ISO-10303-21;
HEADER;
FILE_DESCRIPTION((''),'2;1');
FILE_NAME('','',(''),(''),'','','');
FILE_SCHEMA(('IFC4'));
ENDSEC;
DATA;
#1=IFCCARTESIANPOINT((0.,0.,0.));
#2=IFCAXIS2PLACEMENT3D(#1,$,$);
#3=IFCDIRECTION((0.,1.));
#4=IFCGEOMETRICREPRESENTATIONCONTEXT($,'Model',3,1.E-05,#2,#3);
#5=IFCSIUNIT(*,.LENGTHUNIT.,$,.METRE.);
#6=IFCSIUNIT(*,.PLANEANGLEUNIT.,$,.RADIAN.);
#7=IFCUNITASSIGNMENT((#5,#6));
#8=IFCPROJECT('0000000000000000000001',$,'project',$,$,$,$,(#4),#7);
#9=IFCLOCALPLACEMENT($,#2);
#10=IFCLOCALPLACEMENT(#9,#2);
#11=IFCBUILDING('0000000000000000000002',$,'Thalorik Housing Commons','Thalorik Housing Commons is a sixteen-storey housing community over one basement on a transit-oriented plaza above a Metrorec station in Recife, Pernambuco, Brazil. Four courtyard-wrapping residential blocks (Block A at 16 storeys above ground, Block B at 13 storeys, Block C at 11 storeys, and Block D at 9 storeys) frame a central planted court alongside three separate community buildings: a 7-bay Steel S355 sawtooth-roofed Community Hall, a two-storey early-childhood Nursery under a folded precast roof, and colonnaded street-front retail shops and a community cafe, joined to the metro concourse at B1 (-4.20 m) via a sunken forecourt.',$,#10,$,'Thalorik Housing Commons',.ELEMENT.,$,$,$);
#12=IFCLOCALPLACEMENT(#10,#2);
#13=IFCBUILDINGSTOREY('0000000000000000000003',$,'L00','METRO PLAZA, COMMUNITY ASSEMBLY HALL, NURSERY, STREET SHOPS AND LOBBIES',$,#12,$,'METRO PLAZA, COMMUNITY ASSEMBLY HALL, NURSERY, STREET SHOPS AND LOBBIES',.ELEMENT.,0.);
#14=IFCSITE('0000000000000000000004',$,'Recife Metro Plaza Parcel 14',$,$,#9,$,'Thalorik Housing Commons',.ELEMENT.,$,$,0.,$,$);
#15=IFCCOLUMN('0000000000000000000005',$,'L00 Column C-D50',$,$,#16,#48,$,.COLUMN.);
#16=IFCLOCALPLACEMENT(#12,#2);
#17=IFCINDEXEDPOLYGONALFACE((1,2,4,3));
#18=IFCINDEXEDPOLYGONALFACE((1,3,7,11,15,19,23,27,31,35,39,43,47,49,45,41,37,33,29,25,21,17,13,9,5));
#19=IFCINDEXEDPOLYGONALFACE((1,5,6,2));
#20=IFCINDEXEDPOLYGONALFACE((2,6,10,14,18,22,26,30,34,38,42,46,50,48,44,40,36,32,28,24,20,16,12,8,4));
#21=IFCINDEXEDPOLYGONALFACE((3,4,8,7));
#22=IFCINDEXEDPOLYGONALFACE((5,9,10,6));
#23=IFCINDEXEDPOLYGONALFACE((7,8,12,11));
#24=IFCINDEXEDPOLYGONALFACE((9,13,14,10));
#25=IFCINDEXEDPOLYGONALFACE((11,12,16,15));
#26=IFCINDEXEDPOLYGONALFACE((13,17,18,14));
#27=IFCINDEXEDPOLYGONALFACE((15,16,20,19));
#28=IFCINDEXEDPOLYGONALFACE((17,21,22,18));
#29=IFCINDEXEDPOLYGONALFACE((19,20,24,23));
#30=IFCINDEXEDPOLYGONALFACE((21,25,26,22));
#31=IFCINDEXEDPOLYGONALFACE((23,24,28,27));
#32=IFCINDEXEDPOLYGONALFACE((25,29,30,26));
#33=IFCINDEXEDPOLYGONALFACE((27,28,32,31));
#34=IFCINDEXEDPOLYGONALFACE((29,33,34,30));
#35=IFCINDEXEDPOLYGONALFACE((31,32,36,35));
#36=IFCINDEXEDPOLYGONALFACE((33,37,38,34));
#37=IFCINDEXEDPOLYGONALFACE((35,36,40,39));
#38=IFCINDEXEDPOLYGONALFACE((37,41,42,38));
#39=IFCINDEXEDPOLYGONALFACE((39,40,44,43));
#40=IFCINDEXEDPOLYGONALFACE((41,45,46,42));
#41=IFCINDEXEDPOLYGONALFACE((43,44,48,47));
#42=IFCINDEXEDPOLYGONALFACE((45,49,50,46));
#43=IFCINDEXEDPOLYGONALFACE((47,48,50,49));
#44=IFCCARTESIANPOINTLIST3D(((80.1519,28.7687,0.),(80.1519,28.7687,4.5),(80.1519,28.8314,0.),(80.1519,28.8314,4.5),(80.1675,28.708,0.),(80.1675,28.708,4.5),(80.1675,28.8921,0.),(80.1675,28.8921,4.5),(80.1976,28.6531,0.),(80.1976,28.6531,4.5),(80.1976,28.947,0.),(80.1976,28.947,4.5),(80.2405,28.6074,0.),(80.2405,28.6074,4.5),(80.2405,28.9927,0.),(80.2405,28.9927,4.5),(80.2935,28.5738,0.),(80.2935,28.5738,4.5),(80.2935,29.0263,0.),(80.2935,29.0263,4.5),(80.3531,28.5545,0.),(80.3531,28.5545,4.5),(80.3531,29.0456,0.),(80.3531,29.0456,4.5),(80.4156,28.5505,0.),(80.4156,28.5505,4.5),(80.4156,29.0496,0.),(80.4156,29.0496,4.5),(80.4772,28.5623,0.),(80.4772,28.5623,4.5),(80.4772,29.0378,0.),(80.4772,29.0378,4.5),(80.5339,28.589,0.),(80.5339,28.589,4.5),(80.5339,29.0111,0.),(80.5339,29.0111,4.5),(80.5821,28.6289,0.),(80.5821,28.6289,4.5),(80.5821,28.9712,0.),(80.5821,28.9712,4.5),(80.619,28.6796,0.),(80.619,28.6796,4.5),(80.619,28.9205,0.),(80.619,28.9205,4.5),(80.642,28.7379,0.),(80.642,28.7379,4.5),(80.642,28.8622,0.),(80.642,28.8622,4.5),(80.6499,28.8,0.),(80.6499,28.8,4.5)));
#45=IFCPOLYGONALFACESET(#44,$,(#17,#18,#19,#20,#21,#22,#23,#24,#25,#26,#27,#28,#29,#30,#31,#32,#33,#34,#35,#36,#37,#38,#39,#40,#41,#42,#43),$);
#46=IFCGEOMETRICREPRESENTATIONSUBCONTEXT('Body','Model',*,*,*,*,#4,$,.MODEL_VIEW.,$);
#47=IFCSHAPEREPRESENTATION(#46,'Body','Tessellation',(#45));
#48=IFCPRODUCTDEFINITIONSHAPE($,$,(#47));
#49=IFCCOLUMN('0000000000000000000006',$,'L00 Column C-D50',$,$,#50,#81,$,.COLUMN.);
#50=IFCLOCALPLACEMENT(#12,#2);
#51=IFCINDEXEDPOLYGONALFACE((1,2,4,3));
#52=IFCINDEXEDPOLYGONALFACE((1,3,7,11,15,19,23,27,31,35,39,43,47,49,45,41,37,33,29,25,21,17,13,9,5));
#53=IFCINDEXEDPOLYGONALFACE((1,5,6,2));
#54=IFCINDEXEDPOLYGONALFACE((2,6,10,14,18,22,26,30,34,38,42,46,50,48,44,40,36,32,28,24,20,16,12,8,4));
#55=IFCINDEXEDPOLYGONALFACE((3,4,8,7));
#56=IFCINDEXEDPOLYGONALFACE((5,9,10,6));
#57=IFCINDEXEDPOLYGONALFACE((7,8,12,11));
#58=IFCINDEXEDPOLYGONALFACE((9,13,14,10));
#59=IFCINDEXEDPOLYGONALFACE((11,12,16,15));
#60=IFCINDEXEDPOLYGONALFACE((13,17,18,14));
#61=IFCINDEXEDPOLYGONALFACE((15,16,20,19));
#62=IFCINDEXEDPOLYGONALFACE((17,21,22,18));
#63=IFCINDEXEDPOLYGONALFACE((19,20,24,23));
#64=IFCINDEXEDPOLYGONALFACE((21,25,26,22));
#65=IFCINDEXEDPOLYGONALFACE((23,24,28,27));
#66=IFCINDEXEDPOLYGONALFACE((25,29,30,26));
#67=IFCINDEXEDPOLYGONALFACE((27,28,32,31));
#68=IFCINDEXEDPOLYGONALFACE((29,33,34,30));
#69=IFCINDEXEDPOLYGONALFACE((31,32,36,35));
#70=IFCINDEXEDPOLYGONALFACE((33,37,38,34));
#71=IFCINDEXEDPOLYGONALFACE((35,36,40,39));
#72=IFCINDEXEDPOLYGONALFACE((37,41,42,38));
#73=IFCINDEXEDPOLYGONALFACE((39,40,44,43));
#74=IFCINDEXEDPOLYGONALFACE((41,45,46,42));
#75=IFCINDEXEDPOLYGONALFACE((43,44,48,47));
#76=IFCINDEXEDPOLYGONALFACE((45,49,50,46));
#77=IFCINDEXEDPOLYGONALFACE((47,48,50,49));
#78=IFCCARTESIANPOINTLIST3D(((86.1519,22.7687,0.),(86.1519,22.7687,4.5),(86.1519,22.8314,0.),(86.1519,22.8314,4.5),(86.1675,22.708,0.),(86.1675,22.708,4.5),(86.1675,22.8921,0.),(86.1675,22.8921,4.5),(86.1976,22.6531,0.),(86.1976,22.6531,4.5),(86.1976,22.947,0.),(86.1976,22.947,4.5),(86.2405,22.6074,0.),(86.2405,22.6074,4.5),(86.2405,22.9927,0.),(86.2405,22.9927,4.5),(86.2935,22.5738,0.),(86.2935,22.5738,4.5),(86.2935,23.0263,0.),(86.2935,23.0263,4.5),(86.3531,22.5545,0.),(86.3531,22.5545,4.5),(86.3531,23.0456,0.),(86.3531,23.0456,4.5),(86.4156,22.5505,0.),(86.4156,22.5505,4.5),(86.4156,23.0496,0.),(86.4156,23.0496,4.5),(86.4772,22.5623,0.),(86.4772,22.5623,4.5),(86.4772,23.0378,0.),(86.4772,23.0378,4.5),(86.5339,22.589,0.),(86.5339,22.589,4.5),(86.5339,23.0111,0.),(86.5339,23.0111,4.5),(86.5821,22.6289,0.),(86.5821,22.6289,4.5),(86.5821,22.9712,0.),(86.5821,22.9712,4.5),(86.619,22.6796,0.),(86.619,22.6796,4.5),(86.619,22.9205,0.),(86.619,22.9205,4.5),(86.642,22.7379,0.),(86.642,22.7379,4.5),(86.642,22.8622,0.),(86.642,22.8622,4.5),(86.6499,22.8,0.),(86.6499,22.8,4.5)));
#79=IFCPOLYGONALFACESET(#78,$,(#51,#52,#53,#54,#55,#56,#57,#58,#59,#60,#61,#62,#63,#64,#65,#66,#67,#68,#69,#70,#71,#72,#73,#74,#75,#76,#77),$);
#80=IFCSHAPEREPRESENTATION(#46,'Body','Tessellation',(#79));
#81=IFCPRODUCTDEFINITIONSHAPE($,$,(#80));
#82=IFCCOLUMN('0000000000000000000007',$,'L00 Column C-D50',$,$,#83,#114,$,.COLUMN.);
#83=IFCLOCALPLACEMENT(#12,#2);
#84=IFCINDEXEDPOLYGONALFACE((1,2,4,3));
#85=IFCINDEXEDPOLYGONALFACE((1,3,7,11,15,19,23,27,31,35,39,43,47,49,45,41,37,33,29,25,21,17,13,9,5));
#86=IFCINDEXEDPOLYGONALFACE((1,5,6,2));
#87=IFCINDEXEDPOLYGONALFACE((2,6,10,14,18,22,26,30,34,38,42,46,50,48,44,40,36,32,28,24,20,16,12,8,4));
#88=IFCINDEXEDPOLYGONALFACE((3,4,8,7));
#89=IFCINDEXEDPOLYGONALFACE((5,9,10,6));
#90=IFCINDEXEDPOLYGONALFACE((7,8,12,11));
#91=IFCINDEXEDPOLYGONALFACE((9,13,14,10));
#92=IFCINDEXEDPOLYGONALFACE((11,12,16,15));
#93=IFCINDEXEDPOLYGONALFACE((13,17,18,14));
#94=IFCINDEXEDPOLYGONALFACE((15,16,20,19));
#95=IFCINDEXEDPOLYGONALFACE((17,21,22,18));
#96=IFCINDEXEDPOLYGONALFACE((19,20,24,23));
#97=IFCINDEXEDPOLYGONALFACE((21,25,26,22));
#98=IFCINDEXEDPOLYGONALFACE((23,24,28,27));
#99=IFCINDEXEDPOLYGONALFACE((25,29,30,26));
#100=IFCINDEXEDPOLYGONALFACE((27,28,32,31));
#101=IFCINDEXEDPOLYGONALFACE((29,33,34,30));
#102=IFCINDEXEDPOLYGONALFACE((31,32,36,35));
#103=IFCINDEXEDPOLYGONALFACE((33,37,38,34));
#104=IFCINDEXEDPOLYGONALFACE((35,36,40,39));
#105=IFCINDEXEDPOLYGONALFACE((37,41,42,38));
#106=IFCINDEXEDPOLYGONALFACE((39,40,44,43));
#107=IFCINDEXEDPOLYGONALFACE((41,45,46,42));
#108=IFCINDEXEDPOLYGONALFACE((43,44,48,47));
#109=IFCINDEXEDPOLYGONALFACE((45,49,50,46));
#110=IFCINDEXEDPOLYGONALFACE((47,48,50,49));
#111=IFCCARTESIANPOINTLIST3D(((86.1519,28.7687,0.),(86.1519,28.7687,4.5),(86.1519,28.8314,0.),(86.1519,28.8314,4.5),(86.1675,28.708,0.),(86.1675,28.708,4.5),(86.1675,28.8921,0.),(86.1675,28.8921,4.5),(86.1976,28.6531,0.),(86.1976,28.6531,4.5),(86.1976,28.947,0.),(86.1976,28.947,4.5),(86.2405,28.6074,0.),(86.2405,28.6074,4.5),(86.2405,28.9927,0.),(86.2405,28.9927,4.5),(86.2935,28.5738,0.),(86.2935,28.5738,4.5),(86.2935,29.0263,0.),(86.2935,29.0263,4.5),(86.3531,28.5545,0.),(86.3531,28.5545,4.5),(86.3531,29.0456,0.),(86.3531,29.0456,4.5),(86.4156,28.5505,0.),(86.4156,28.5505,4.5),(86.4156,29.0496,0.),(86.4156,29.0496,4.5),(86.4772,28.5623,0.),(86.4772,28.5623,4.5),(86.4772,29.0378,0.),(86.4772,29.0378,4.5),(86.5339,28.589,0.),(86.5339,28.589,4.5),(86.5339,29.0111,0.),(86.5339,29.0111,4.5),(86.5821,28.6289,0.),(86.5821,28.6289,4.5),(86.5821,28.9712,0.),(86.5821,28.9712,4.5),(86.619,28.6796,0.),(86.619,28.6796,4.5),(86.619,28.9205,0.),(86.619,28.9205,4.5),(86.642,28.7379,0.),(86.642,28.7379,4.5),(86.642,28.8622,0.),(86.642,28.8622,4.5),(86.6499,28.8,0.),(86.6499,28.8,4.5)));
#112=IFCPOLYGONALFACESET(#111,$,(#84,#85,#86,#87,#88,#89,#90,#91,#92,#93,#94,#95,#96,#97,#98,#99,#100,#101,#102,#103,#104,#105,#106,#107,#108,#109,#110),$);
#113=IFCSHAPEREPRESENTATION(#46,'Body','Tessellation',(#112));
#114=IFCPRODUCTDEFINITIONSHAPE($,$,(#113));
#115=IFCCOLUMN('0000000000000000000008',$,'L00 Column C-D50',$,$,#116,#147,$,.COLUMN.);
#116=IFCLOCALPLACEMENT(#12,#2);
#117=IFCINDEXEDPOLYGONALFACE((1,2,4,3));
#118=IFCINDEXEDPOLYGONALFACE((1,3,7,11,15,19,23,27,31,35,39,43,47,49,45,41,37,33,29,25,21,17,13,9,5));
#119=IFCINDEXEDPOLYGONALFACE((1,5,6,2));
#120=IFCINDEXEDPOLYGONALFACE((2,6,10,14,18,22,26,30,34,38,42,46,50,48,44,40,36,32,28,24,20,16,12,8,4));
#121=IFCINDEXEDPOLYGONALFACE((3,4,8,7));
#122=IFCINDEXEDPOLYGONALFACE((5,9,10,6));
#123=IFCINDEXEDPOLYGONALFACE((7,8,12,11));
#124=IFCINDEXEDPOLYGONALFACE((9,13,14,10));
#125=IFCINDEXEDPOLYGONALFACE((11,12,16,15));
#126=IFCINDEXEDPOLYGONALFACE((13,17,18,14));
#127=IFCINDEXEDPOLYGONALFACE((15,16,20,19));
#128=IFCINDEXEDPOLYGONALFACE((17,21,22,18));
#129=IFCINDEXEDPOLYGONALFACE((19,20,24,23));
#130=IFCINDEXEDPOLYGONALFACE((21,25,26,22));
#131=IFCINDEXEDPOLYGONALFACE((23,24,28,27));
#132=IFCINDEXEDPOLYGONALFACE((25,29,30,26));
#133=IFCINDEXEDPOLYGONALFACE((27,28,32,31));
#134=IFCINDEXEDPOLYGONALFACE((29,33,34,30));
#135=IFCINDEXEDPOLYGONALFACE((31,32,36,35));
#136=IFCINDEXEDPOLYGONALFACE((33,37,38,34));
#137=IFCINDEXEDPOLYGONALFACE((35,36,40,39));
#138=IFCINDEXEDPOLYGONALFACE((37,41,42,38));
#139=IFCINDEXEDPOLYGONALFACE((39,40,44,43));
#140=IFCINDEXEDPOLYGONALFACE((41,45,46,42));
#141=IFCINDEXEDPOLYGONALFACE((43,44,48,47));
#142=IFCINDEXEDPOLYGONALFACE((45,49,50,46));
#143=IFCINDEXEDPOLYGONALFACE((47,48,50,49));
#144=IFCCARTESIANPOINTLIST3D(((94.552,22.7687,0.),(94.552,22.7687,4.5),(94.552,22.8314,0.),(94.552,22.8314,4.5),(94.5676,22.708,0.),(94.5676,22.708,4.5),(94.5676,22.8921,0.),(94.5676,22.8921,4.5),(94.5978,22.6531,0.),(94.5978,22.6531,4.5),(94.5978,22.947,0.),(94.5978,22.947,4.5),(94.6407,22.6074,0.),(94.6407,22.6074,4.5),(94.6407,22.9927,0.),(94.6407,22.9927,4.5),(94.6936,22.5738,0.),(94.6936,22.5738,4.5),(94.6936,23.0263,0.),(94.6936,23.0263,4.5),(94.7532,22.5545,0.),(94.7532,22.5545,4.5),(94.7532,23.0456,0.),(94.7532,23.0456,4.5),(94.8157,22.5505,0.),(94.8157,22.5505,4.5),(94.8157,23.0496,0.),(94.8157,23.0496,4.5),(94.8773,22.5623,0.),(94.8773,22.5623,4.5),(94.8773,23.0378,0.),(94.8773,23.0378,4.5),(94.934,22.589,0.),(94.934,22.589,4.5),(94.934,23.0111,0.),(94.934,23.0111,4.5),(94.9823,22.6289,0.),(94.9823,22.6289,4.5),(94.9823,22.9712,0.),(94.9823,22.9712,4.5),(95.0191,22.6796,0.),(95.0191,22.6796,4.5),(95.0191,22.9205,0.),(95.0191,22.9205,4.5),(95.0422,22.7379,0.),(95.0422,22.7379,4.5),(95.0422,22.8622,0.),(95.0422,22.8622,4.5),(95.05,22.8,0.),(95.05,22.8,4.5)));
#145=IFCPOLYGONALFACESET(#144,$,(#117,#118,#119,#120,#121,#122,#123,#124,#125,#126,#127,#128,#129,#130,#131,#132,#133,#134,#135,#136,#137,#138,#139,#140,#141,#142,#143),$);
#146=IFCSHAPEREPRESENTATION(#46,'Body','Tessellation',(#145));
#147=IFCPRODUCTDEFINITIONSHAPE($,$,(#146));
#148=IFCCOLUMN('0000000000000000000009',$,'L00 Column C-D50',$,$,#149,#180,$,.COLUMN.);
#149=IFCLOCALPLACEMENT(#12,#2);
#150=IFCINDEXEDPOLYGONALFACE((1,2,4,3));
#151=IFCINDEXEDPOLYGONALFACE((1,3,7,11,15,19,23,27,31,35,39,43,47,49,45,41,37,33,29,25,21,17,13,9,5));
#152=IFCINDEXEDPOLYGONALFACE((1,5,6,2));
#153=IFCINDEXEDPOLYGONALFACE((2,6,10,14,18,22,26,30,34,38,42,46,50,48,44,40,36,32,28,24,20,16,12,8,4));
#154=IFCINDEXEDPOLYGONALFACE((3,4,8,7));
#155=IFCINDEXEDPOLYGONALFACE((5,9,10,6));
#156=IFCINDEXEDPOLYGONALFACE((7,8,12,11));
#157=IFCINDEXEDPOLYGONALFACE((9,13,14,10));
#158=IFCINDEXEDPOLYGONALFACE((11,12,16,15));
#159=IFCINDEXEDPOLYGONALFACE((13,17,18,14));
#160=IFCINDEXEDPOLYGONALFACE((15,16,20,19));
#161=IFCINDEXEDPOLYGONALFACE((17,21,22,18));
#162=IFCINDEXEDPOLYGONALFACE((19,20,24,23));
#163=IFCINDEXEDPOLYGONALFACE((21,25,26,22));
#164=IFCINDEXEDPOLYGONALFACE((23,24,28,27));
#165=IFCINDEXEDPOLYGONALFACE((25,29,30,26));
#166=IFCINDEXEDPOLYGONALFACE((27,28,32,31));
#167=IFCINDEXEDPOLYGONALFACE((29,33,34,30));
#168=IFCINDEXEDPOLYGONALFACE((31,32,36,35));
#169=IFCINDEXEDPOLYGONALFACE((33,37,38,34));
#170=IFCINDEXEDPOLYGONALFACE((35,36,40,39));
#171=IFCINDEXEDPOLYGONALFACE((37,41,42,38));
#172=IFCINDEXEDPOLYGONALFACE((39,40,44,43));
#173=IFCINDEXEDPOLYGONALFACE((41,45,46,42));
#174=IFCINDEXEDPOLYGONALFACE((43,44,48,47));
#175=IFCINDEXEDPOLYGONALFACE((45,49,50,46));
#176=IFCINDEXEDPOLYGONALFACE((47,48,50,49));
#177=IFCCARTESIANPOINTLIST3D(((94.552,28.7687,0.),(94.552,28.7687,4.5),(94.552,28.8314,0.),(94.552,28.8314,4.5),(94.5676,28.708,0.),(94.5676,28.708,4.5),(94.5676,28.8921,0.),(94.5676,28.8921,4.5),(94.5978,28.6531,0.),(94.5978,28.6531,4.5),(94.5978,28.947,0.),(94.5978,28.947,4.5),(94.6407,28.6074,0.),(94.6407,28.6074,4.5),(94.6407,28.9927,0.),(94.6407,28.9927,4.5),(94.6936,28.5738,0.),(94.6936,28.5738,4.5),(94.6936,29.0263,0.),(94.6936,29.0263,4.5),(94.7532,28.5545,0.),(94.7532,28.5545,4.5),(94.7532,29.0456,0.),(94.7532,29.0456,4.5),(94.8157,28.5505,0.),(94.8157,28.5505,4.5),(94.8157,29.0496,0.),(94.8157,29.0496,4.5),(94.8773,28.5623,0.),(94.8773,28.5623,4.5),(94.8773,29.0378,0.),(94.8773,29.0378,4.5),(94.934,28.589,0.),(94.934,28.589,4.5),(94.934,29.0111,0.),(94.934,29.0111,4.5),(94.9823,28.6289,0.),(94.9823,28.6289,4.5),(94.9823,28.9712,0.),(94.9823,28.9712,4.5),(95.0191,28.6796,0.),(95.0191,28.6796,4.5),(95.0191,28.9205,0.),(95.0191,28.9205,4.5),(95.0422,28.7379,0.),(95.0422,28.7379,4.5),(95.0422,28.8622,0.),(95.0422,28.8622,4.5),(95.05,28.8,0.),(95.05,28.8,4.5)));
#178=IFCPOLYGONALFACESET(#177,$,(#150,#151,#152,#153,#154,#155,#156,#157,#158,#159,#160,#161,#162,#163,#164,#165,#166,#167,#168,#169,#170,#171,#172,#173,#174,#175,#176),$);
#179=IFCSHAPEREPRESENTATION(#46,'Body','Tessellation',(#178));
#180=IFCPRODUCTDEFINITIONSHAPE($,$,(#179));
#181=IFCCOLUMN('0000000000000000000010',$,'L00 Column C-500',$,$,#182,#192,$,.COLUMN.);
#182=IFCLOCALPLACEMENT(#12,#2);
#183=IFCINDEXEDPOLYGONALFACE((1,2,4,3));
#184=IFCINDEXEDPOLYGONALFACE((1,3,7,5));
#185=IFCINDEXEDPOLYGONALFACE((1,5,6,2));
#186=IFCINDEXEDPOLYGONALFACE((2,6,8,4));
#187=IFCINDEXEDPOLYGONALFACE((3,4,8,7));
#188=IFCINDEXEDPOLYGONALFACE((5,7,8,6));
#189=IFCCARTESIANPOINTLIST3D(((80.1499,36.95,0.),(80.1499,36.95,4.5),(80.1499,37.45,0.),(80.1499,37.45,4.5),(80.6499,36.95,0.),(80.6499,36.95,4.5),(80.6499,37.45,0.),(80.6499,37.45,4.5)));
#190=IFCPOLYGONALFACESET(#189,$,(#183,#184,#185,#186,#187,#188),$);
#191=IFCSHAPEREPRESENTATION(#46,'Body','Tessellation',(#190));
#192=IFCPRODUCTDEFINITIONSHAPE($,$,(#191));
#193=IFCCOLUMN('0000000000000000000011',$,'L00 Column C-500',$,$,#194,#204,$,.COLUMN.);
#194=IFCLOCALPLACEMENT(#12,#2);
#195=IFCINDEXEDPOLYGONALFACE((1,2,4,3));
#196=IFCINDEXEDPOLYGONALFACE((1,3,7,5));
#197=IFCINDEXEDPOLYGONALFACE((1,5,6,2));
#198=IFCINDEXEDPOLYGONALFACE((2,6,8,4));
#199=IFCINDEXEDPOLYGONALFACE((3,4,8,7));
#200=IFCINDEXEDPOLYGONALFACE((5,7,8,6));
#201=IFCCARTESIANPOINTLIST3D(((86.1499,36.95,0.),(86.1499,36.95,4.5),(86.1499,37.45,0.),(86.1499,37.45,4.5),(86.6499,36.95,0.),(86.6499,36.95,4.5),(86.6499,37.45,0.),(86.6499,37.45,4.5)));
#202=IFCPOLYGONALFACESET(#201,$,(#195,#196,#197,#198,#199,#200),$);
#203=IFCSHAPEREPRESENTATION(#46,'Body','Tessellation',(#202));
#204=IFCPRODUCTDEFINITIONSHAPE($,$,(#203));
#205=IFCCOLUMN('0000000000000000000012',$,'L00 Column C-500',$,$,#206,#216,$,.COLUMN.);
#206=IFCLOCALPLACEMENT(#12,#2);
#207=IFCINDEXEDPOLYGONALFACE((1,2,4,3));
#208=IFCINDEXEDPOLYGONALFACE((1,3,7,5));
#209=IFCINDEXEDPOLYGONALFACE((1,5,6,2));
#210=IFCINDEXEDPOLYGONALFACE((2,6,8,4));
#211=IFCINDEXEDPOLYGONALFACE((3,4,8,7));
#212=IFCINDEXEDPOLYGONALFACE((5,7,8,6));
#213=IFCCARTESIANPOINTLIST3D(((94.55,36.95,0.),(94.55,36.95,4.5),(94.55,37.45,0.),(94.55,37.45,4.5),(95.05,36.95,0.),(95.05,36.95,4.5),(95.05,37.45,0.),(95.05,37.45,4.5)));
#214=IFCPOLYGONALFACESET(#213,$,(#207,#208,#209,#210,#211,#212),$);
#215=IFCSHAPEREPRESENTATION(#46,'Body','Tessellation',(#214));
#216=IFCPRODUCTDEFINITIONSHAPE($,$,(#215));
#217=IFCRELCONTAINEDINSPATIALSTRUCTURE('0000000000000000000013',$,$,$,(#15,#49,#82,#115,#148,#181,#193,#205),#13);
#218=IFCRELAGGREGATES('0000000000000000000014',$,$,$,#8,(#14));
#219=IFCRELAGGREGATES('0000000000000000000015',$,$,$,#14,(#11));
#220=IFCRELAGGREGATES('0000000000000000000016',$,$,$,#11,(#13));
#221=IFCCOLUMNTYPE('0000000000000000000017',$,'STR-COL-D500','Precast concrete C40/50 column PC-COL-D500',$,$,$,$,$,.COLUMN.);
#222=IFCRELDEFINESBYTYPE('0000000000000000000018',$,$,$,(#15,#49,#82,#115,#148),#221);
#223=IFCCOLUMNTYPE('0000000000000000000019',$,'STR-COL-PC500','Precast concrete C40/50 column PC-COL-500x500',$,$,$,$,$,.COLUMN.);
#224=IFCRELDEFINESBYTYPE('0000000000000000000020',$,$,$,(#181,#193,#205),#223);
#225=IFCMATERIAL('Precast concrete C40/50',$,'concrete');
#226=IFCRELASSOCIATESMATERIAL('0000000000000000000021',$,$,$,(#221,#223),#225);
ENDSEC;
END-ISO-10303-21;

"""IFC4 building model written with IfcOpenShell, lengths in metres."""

from ifc_helpers import new_model, si_unit, direction, frame, origin, origin_2d, place, context, subcontext, project, spatial, rectangle, circle, extrude, material, material_profile, profile_set, type_object, element, save


model = new_model("IFC4")

# Units and contexts
model_context = context("Model", 3, precision=1e-05, world=origin(), true_north=direction((0.0, 1.0)))
body_context = subcontext(model_context, "Body", "Model", "MODEL_VIEW")
ifc_project = project(units=[si_unit("LENGTHUNIT", "METRE"), si_unit("PLANEANGLEUNIT", "RADIAN")], contexts=[model_context])

# Site, building, storey
site_placement = place(None, origin())
site = spatial("IfcSite", under=ifc_project, at=site_placement, Name="Recife Metro Plaza Parcel 14", LongName="Thalorik Housing Commons", CompositionType="ELEMENT", RefElevation=0.0)
building_placement = place(site_placement, origin())
building = spatial("IfcBuilding", under=site, at=building_placement, Name="Thalorik Housing Commons", Description="Thalorik Housing Commons is a sixteen-storey housing community over one basement on a transit-oriented plaza above a Metrorec station in Recife, Pernambuco, Brazil. Four courtyard-wrapping residential blocks (Block A at 16 storeys above ground, Block B at 13 storeys, Block C at 11 storeys, and Block D at 9 storeys) frame a central planted court alongside three separate community buildings: a 7-bay Steel S355 sawtooth-roofed Community Hall, a two-storey early-childhood Nursery under a folded precast roof, and colonnaded street-front retail shops and a community cafe, joined to the metro concourse at B1 (-4.20 m) via a sunken forecourt.", LongName="Thalorik Housing Commons", CompositionType="ELEMENT")
storey_placement = place(building_placement, origin())
storey = spatial("IfcBuildingStorey", under=building, at=storey_placement, Name="L00", Description="METRO PLAZA, COMMUNITY ASSEMBLY HALL, NURSERY, STREET SHOPS AND LOBBIES", LongName="METRO PLAZA, COMMUNITY ASSEMBLY HALL, NURSERY, STREET SHOPS AND LOBBIES", CompositionType="ELEMENT", Elevation=0.0)

# Columns
ifc_material_1 = material(Name="Precast concrete C40/50", Category="concrete")
ifc_material_profile_1 = material_profile(ifc_material_1, circle(Radius=0.25, at=origin_2d()), Name="PC D500", Category="concrete")
ifc_profile_set_1 = profile_set([ifc_material_profile_1], Name="Precast concrete C40/50")
column_type_1 = type_object("IfcColumnType", Name="STR-COL-D500", Description="Precast concrete C40/50 column PC-COL-D500", PredefinedType="COLUMN", material=ifc_profile_set_1)
for number, where, z_axis, x_axis, name in (
    (1, (80.3999, 28.8, 0.0), (0.0, 0.0, 1.0), (1.0, 0.0, 0.0), "L00 Column C-D50"),
    (2, (86.3999, 22.8, 0.0), (0.0, 0.0, 1.0), (1.0, 0.0, 0.0), "L00 Column C-D50"),
    (3, (86.3999, 28.8, 0.0), (0.0, 0.0, 1.0), (1.0, 0.0, 0.0), "L00 Column C-D50"),
    (4, (94.8, 22.8, 0.0), (0.0, 0.0, 1.0), (1.0, 0.0, 0.0), "L00 Column C-D50"),
    (5, (94.8, 28.8, 0.0), (0.0, 0.0, 1.0), (1.0, 0.0, 0.0), "L00 Column C-D50"),
):
    element("IfcColumn", number, at=place(storey_placement, frame(where, z_axis=z_axis, x_axis=x_axis)), inside=storey, type_object=column_type_1, Name=name, PredefinedType="COLUMN", context=body_context, shape_type="SweptSolid", body=[
        extrude(circle(Radius=0.25, at=origin_2d()), origin(), (0.0, 0.0, 1.0), 4.5),
    ])
ifc_material_profile_2 = material_profile(ifc_material_1, rectangle(XDim=0.5, YDim=0.5, at=origin_2d()), Name="PC 500x500", Category="concrete")
ifc_profile_set_2 = profile_set([ifc_material_profile_2], Name="Precast concrete C40/50")
column_type_2 = type_object("IfcColumnType", Name="STR-COL-PC500", Description="Precast concrete C40/50 column PC-COL-500x500", PredefinedType="COLUMN", material=ifc_profile_set_2)
for number, where, z_axis, x_axis, name in (
    (6, (80.3999, 37.2, 0.0), (0.0, 0.0, 1.0), (1.0, 0.0, 0.0), "L00 Column C-500"),
    (7, (86.3999, 37.2, 0.0), (0.0, 0.0, 1.0), (1.0, 0.0, 0.0), "L00 Column C-500"),
    (8, (94.8, 37.2, 0.0), (0.0, 0.0, 1.0), (1.0, 0.0, 0.0), "L00 Column C-500"),
):
    element("IfcColumn", number, at=place(storey_placement, frame(where, z_axis=z_axis, x_axis=x_axis)), inside=storey, type_object=column_type_2, Name=name, PredefinedType="COLUMN", context=body_context, shape_type="SweptSolid", body=[
        extrude(rectangle(XDim=0.5, YDim=0.5, at=origin_2d()), origin(), (0.0, 0.0, 1.0), 4.5),
    ])

save(model, "model.ifc")
